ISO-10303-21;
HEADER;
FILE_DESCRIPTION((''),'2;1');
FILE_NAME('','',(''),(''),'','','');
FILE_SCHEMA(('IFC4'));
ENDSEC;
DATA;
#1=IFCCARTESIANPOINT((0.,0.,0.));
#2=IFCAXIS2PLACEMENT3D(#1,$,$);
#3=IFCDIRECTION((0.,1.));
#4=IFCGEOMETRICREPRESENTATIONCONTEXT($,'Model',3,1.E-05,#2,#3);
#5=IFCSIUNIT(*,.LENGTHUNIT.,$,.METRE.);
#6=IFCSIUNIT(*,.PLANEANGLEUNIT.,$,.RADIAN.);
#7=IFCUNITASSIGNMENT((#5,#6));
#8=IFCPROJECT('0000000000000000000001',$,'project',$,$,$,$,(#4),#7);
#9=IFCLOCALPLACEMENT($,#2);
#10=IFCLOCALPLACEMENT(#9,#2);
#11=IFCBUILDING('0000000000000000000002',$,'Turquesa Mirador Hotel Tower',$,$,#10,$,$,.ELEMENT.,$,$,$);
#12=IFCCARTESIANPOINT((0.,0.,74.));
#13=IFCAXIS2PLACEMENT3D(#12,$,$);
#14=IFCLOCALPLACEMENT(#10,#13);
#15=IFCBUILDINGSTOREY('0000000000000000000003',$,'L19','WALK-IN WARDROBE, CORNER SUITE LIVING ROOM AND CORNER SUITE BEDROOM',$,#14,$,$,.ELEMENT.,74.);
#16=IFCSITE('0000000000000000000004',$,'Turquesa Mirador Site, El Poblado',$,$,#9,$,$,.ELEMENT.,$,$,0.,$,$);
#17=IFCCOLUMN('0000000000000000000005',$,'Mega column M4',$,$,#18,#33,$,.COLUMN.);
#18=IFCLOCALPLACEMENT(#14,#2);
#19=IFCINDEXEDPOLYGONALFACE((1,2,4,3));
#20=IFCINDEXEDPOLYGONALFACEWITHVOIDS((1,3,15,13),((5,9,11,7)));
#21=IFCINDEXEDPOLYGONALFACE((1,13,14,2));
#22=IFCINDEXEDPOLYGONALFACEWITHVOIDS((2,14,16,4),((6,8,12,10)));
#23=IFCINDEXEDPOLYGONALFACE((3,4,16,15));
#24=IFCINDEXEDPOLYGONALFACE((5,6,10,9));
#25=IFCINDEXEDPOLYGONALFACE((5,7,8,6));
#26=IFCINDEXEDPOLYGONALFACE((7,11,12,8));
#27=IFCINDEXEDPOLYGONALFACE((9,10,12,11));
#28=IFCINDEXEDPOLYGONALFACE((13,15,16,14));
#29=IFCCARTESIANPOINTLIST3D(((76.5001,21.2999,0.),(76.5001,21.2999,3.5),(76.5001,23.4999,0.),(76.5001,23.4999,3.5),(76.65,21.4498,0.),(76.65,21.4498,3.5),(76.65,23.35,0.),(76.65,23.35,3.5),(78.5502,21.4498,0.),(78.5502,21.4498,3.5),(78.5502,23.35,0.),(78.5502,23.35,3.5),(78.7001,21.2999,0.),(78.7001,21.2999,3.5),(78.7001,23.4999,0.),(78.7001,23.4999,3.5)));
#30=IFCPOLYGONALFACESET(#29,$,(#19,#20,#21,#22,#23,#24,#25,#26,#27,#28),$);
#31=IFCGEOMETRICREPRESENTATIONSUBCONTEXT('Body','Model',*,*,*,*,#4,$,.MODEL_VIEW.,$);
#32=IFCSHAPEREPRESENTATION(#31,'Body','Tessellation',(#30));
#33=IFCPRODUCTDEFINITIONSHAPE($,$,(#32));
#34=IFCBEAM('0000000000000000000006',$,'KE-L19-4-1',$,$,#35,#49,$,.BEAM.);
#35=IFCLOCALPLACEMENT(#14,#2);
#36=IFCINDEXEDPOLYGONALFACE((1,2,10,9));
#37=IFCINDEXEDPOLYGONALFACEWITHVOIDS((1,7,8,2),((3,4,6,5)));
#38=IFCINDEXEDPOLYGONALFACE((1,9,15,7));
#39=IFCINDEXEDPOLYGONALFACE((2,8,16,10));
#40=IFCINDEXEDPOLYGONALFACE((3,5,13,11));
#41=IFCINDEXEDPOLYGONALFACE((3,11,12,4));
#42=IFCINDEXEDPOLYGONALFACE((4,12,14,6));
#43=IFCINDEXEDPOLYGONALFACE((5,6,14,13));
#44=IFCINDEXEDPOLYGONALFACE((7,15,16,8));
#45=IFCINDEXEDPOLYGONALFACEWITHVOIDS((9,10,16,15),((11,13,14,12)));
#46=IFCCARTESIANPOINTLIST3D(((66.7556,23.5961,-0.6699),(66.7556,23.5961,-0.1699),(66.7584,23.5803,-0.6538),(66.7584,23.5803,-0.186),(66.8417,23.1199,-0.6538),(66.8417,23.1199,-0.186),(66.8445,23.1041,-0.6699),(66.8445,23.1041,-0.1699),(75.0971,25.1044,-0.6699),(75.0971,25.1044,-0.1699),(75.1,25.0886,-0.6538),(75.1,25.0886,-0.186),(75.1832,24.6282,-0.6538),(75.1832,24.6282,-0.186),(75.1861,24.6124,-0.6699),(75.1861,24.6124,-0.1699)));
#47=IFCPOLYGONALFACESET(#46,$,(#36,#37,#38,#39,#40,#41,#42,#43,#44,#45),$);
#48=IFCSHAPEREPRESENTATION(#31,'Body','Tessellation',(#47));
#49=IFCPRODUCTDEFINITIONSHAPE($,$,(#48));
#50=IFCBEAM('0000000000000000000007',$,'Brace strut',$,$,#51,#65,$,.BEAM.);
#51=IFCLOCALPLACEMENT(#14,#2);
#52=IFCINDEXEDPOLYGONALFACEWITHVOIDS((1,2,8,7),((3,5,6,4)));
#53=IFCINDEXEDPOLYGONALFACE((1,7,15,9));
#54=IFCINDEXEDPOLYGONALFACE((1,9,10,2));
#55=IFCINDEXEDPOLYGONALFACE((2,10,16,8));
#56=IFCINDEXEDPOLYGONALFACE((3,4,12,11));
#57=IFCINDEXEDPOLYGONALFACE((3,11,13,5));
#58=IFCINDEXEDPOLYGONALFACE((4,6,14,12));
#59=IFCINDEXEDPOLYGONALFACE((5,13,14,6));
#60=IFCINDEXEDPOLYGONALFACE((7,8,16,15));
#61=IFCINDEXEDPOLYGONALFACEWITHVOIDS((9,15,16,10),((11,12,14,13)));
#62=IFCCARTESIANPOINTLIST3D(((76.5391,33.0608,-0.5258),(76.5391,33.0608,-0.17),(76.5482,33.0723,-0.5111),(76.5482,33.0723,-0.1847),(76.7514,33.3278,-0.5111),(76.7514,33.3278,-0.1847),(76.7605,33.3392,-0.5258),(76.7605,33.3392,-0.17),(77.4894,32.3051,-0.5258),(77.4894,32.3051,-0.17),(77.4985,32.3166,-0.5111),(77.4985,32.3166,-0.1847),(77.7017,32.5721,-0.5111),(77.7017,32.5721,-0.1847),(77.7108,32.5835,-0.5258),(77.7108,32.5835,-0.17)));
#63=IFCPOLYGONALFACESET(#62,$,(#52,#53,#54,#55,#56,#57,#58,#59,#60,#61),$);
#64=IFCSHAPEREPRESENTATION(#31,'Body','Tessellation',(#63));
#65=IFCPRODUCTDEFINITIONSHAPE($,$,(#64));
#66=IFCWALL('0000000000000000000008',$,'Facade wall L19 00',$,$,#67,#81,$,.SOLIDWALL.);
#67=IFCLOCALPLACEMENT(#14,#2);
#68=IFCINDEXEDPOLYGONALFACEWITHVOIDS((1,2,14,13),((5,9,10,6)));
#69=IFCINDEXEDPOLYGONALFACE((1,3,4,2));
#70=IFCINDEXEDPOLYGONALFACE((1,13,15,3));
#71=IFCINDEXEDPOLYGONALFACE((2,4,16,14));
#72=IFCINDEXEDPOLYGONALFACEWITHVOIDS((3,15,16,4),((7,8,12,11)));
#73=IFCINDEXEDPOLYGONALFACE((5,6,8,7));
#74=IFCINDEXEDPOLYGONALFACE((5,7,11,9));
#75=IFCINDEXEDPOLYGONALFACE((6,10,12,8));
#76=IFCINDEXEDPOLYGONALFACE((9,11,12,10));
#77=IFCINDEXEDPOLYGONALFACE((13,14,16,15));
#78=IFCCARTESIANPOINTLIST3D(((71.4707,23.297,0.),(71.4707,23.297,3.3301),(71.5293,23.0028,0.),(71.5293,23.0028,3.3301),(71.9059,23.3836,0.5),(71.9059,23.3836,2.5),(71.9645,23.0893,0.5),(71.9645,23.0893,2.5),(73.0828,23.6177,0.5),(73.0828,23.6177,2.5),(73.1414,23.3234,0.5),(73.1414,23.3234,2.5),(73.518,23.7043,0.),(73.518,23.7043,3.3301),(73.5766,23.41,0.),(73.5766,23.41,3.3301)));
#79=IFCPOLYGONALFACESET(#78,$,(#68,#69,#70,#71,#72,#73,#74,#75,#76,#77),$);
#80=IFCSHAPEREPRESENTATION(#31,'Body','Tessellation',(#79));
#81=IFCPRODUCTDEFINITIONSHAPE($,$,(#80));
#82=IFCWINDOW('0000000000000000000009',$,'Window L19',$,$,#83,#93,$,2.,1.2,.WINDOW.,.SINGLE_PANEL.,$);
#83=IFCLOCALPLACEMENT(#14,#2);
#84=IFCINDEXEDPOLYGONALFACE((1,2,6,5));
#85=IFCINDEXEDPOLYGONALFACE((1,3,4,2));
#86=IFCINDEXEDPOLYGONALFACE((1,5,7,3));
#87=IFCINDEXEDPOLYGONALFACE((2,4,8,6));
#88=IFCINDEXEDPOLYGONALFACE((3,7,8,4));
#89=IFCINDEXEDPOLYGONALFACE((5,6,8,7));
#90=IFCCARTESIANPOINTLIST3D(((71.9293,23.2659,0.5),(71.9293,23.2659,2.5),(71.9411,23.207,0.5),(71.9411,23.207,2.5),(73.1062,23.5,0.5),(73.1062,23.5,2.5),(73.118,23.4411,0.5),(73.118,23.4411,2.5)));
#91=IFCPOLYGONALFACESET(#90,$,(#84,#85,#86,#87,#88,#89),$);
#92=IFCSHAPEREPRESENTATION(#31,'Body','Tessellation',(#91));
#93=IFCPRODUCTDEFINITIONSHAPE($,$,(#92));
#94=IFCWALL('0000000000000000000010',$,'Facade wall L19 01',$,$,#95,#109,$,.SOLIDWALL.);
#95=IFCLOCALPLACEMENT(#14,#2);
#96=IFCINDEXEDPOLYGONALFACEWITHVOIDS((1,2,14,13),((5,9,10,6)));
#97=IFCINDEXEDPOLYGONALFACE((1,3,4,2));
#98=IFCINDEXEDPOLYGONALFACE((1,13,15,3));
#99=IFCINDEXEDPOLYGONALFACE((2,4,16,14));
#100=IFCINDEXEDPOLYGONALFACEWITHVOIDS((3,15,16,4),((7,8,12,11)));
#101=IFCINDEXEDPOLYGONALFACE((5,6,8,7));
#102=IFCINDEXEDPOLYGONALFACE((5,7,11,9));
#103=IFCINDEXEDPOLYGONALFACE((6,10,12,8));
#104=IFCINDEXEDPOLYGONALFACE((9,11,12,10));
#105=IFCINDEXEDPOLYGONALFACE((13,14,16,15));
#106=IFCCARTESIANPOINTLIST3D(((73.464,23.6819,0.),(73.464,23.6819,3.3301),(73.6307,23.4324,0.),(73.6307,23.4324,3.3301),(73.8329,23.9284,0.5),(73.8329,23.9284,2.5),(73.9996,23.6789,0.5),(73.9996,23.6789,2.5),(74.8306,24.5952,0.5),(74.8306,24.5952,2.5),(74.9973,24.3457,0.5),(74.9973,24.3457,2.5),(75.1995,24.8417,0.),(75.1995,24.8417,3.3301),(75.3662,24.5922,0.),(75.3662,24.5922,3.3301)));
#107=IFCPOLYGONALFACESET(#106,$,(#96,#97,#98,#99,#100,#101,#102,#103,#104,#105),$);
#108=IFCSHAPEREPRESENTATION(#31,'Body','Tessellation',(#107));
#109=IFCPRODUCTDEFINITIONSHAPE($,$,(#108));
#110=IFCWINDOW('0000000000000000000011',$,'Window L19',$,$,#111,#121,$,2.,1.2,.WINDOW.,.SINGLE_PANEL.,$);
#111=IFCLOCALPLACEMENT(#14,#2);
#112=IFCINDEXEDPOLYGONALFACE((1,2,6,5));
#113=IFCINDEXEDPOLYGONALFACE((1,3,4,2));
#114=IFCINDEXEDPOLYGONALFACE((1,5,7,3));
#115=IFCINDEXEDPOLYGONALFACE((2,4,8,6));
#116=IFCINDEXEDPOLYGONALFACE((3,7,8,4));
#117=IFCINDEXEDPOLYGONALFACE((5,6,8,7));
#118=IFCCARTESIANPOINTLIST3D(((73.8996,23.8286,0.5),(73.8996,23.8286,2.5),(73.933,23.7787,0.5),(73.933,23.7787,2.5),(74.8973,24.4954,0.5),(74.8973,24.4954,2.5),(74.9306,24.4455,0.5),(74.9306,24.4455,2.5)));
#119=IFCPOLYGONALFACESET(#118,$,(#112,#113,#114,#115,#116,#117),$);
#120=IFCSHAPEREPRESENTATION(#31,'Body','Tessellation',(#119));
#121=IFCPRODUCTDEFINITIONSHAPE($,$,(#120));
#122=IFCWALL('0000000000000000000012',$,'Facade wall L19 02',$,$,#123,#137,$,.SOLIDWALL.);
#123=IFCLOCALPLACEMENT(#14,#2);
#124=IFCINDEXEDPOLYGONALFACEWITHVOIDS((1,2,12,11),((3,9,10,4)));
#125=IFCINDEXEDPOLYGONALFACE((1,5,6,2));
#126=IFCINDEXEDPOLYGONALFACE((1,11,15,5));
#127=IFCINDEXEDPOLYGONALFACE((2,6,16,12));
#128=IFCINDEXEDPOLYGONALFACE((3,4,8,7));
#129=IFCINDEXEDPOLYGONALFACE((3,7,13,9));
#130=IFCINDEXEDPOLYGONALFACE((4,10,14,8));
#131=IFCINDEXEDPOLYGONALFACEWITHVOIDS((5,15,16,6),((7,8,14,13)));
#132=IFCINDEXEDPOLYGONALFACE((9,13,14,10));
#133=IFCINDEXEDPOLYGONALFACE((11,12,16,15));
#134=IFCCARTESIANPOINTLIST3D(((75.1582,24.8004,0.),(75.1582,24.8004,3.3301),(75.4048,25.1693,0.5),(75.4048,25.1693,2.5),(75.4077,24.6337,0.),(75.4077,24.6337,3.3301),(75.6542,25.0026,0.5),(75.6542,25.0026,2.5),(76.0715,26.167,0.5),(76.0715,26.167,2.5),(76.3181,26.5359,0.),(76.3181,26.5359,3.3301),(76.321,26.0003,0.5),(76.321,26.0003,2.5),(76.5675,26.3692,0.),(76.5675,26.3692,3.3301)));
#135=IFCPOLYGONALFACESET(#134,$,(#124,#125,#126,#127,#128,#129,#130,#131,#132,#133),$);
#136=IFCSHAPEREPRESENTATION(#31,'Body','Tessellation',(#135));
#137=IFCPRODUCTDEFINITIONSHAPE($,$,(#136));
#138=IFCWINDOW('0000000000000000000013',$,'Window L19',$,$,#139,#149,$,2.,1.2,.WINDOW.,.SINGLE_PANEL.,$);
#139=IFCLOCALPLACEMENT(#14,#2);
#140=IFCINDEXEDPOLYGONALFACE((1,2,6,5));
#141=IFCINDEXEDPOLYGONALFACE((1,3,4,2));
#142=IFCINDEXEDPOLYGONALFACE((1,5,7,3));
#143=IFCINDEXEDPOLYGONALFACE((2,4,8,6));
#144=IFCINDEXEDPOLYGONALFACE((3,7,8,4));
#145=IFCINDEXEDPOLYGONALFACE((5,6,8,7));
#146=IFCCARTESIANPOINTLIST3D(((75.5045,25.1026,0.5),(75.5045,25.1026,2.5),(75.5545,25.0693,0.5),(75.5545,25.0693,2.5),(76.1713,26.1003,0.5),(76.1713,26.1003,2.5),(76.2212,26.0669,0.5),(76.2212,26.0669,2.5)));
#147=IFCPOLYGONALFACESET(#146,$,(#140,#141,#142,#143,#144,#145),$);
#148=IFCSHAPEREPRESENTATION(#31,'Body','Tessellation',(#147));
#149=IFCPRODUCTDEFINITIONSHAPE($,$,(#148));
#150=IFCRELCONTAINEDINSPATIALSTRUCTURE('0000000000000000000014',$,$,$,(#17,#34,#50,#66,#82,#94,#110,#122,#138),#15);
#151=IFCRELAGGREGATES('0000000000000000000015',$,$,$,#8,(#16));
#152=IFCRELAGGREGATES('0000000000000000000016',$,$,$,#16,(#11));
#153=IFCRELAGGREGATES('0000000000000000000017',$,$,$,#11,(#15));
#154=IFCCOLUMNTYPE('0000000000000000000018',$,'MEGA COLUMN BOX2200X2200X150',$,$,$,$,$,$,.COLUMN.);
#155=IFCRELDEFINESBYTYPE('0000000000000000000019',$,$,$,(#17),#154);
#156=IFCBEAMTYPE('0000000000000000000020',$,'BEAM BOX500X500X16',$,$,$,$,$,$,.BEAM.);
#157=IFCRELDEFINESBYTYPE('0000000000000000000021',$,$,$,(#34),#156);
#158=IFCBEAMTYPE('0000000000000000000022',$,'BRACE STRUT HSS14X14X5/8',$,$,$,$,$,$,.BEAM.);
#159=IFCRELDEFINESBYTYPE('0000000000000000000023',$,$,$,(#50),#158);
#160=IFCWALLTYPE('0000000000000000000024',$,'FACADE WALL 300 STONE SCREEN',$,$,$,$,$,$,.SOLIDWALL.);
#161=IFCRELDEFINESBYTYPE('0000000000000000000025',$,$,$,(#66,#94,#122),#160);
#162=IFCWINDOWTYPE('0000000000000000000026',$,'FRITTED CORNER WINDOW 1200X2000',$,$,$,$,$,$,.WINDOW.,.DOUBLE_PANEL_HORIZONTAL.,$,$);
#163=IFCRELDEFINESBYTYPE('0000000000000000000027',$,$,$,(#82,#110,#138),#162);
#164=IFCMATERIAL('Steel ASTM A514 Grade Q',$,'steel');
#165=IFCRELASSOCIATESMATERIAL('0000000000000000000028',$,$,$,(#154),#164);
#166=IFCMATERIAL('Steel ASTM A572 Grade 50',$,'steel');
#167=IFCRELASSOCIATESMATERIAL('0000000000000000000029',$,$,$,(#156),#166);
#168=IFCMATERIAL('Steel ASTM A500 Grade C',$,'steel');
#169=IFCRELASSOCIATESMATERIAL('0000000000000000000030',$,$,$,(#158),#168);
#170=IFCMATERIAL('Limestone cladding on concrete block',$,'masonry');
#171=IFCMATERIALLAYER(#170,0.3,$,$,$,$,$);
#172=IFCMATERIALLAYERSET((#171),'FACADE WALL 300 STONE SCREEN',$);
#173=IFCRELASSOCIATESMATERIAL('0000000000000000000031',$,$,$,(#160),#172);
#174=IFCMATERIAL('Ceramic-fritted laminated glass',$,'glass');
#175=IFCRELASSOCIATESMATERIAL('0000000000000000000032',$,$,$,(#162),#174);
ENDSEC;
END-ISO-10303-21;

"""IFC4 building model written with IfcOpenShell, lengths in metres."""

from ifc_helpers import new_model, si_unit, direction, frame, frame_2d, origin, origin_2d, place, context, subcontext, project, spatial, rectangle, hollow_rectangle, extrude, material, layer, layer_set, material_profile, profile_set, type_object, element, fill, save


model = new_model("IFC4")

# Units and contexts
model_context = context("Model", 3, precision=1e-05, world=origin(), true_north=direction((0.0, 1.0)))
body_context = subcontext(model_context, "Body", "Model", "MODEL_VIEW")
ifc_project = project(units=[si_unit("LENGTHUNIT", "METRE"), si_unit("PLANEANGLEUNIT", "RADIAN")], contexts=[model_context])

# Site, building, storey
site_placement = place(None, origin())
site = spatial("IfcSite", under=ifc_project, at=site_placement, Name="Turquesa Mirador Site, El Poblado", CompositionType="ELEMENT", RefElevation=0.0)
building_placement = place(site_placement, origin())
building = spatial("IfcBuilding", under=site, at=building_placement, Name="Turquesa Mirador Hotel Tower", CompositionType="ELEMENT")
storey_placement = place(building_placement, frame((0.0, 0.0, 74.0)))
storey = spatial("IfcBuildingStorey", under=building, at=storey_placement, Name="L19", Description="WALK-IN WARDROBE, CORNER SUITE LIVING ROOM AND CORNER SUITE BEDROOM", CompositionType="ELEMENT", Elevation=74.0)

# Column
ifc_material_1 = material(Name="Steel ASTM A514 Grade Q", Category="steel")
ifc_material_profile_1 = material_profile(ifc_material_1, hollow_rectangle(XDim=2.2, YDim=2.2, WallThickness=0.1499, at=origin_2d()), Name="BOX2200X2200X150")
ifc_profile_set_1 = profile_set([ifc_material_profile_1], Name="Steel ASTM A514 Grade Q")
column_type = type_object("IfcColumnType", Name="MEGA COLUMN BOX2200X2200X150", PredefinedType="COLUMN", material=ifc_profile_set_1)
column_placement = place(storey_placement, frame((77.6001, 22.3999, 0.0), z_axis=(0.0, 0.0, 1.0), x_axis=(1.0, 0.0, 0.0)))
element("IfcColumn", 1, at=column_placement, inside=storey, type_object=column_type, Name="Mega column M4", PredefinedType="COLUMN", context=body_context, shape_type="SweptSolid", body=[
    extrude(hollow_rectangle(XDim=2.2, YDim=2.2, WallThickness=0.1499, at=origin_2d()), origin(), (0.0, 0.0, 1.0), 3.5),
])

# Beams
ifc_material_2 = material(Name="Steel ASTM A572 Grade 50", Category="steel")
ifc_material_profile_2 = material_profile(ifc_material_2, hollow_rectangle(XDim=0.5, YDim=0.5, WallThickness=0.0161, at=origin_2d()), Name="BOX500X500X16")
ifc_profile_set_2 = profile_set([ifc_material_profile_2], Name="Steel ASTM A572 Grade 50")
beam_type_1 = type_object("IfcBeamType", Name="BEAM BOX500X500X16", PredefinedType="BEAM", material=ifc_profile_set_2)
beam_1_placement = place(storey_placement, frame((75.1416, 24.8584, -0.4199), z_axis=(-0.984043, -0.177932, 0.0), x_axis=(0.177932, -0.984043, 0.0)))
element("IfcBeam", 2, at=beam_1_placement, inside=storey, type_object=beam_type_1, Name="KE-L19-4-1", PredefinedType="BEAM", context=body_context, shape_type="SweptSolid", body=[
    extrude(hollow_rectangle(XDim=0.5, YDim=0.5, WallThickness=0.0161, at=origin_2d()), origin(), (0.0, 0.0, 1.0), 8.4768),
])
ifc_material_3 = material(Name="Steel ASTM A500 Grade C", Category="steel")
ifc_material_profile_3 = material_profile(ifc_material_3, hollow_rectangle(XDim=0.3557, YDim=0.3557, WallThickness=0.0146, at=origin_2d()), Name="HSS14X14X5/8")
ifc_profile_set_3 = profile_set([ifc_material_profile_3], Name="Steel ASTM A500 Grade C")
beam_type_2 = type_object("IfcBeamType", Name="BRACE STRUT HSS14X14X5/8", PredefinedType="BEAM", material=ifc_profile_set_3)
beam_2_placement = place(storey_placement, frame((77.6001, 32.4443, -0.3479), z_axis=(-0.78269, 0.622412, 0.0), x_axis=(-0.622412, -0.78269, 0.0)))
element("IfcBeam", 3, at=beam_2_placement, inside=storey, type_object=beam_type_2, Name="Brace strut", PredefinedType="BEAM", context=body_context, shape_type="SweptSolid", body=[
    extrude(hollow_rectangle(XDim=0.3557, YDim=0.3557, WallThickness=0.0146, at=origin_2d()), origin(), (0.0, 0.0, 1.0), 1.2141),
])

# Walls, openings, windows
ifc_material_4 = material(Name="Limestone cladding on concrete block", Category="masonry")
ifc_layer = layer(ifc_material_4, 0.3)
ifc_layer_set = layer_set([ifc_layer], Name="FACADE WALL 300 STONE SCREEN")
wall_type = type_object("IfcWallType", Name="FACADE WALL 300 STONE SCREEN", PredefinedType="SOLIDWALL", material=ifc_layer_set)
wall_1_placement = place(storey_placement, frame((71.5, 23.1499, 0.0), z_axis=(0.0, 0.0, 1.0), x_axis=(0.980787, 0.195081, 0.0)))
wall_1 = element("IfcWall", 4, at=wall_1_placement, inside=storey, type_object=wall_type, Name="Facade wall L19 00", PredefinedType="SOLIDWALL", context=body_context, shape_type="SweptSolid", body=[
    extrude(rectangle(XDim=2.0874, YDim=0.3, at=frame_2d((1.0437, 0.0))), origin(), (0.0, 0.0, 1.0), 3.3301),
])
opening_1_placement = place(wall_1_placement, frame((0.4436, 0.0, 0.5)))
opening_1 = element("IfcOpeningElement", 5, at=opening_1_placement, cuts=wall_1, PredefinedType="OPENING", context=body_context, shape_type="SweptSolid", body=[
    extrude(rectangle(XDim=1.2, YDim=2.0, at=frame_2d((0.6001, 1.0))), frame((0.0, 0.1599, 0.0), z_axis=(0.0, -1.0, 0.0), x_axis=(1.0, 0.0, 0.0)), (0.0, 0.0, 1.0), 0.3201),
])
ifc_material_5 = material(Name="Ceramic-fritted laminated glass", Category="glass")
window_type_1 = type_object("IfcWindowType", Name="FRITTED CORNER WINDOW 1200X2000", PartitioningType="DOUBLE_PANEL_HORIZONTAL", PredefinedType="WINDOW", material=ifc_material_5)
window_1_placement = place(opening_1_placement, origin())
window_1 = element("IfcWindow", 6, at=window_1_placement, inside=storey, type_object=window_type_1, Name="Window L19", OverallHeight=2.0, OverallWidth=1.2, PartitioningType="SINGLE_PANEL", PredefinedType="WINDOW", context=body_context, shape_type="SweptSolid", body=[
    extrude(rectangle(XDim=1.2, YDim=2.0, at=frame_2d((0.6001, 1.0))), frame((0.0, 0.03, 0.0), z_axis=(0.0, -1.0, 0.0), x_axis=(1.0, 0.0, 0.0)), (0.0, 0.0, 1.0), 0.0601),
])
fill(opening_1, window_1)
wall_2_placement = place(storey_placement, frame((73.5474, 23.5571, 0.0), z_axis=(0.0, 0.0, 1.0), x_axis=(0.83142, 0.555644, 0.0)))
wall_2 = element("IfcWall", 7, at=wall_2_placement, inside=storey, type_object=wall_type, Name="Facade wall L19 01", PredefinedType="SOLIDWALL", context=body_context, shape_type="SweptSolid", body=[
    extrude(rectangle(XDim=2.0874, YDim=0.3, at=frame_2d((1.0437, 0.0))), origin(), (0.0, 0.0, 1.0), 3.3301),
])
opening_2_placement = place(wall_2_placement, frame((0.4436, 0.0, 0.5)))
opening_2 = element("IfcOpeningElement", 8, at=opening_2_placement, cuts=wall_2, PredefinedType="OPENING", context=body_context, shape_type="SweptSolid", body=[
    extrude(rectangle(XDim=1.2, YDim=2.0, at=frame_2d((0.6001, 1.0))), frame((0.0, 0.1599, 0.0), z_axis=(0.0, -1.0, 0.0), x_axis=(1.0, 0.0, 0.0)), (0.0, 0.0, 1.0), 0.3201),
])
window_2_placement = place(opening_2_placement, origin())
window_2 = element("IfcWindow", 9, at=window_2_placement, inside=storey, type_object=window_type_1, Name="Window L19", OverallHeight=2.0, OverallWidth=1.2, PartitioningType="SINGLE_PANEL", PredefinedType="WINDOW", context=body_context, shape_type="SweptSolid", body=[
    extrude(rectangle(XDim=1.2, YDim=2.0, at=frame_2d((0.6001, 1.0))), frame((0.0, 0.03, 0.0), z_axis=(0.0, -1.0, 0.0), x_axis=(1.0, 0.0, 0.0)), (0.0, 0.0, 1.0), 0.0601),
])
fill(opening_2, window_2)
wall_3_placement = place(storey_placement, frame((75.283, 24.717, 0.0), z_axis=(0.0, 0.0, 1.0), x_axis=(0.555644, 0.83142, 0.0)))
wall_3 = element("IfcWall", 10, at=wall_3_placement, inside=storey, type_object=wall_type, Name="Facade wall L19 02", PredefinedType="SOLIDWALL", context=body_context, shape_type="SweptSolid", body=[
    extrude(rectangle(XDim=2.0874, YDim=0.3, at=frame_2d((1.0437, 0.0))), origin(), (0.0, 0.0, 1.0), 3.3301),
])
opening_3_placement = place(wall_3_placement, frame((0.4436, 0.0, 0.5)))
opening_3 = element("IfcOpeningElement", 11, at=opening_3_placement, cuts=wall_3, PredefinedType="OPENING", context=body_context, shape_type="SweptSolid", body=[
    extrude(rectangle(XDim=1.2, YDim=2.0, at=frame_2d((0.6001, 1.0))), frame((0.0, 0.1599, 0.0), z_axis=(0.0, -1.0, 0.0), x_axis=(1.0, 0.0, 0.0)), (0.0, 0.0, 1.0), 0.3201),
])
window_3_placement = place(opening_3_placement, origin())
window_3 = element("IfcWindow", 12, at=window_3_placement, inside=storey, type_object=window_type_1, Name="Window L19", OverallHeight=2.0, OverallWidth=1.2, PartitioningType="SINGLE_PANEL", PredefinedType="WINDOW", context=body_context, shape_type="SweptSolid", body=[
    extrude(rectangle(XDim=1.2, YDim=2.0, at=frame_2d((0.6001, 1.0))), frame((0.0, 0.03, 0.0), z_axis=(0.0, -1.0, 0.0), x_axis=(1.0, 0.0, 0.0)), (0.0, 0.0, 1.0), 0.0601),
])
fill(opening_3, window_3)

save(model, "model.ifc")
